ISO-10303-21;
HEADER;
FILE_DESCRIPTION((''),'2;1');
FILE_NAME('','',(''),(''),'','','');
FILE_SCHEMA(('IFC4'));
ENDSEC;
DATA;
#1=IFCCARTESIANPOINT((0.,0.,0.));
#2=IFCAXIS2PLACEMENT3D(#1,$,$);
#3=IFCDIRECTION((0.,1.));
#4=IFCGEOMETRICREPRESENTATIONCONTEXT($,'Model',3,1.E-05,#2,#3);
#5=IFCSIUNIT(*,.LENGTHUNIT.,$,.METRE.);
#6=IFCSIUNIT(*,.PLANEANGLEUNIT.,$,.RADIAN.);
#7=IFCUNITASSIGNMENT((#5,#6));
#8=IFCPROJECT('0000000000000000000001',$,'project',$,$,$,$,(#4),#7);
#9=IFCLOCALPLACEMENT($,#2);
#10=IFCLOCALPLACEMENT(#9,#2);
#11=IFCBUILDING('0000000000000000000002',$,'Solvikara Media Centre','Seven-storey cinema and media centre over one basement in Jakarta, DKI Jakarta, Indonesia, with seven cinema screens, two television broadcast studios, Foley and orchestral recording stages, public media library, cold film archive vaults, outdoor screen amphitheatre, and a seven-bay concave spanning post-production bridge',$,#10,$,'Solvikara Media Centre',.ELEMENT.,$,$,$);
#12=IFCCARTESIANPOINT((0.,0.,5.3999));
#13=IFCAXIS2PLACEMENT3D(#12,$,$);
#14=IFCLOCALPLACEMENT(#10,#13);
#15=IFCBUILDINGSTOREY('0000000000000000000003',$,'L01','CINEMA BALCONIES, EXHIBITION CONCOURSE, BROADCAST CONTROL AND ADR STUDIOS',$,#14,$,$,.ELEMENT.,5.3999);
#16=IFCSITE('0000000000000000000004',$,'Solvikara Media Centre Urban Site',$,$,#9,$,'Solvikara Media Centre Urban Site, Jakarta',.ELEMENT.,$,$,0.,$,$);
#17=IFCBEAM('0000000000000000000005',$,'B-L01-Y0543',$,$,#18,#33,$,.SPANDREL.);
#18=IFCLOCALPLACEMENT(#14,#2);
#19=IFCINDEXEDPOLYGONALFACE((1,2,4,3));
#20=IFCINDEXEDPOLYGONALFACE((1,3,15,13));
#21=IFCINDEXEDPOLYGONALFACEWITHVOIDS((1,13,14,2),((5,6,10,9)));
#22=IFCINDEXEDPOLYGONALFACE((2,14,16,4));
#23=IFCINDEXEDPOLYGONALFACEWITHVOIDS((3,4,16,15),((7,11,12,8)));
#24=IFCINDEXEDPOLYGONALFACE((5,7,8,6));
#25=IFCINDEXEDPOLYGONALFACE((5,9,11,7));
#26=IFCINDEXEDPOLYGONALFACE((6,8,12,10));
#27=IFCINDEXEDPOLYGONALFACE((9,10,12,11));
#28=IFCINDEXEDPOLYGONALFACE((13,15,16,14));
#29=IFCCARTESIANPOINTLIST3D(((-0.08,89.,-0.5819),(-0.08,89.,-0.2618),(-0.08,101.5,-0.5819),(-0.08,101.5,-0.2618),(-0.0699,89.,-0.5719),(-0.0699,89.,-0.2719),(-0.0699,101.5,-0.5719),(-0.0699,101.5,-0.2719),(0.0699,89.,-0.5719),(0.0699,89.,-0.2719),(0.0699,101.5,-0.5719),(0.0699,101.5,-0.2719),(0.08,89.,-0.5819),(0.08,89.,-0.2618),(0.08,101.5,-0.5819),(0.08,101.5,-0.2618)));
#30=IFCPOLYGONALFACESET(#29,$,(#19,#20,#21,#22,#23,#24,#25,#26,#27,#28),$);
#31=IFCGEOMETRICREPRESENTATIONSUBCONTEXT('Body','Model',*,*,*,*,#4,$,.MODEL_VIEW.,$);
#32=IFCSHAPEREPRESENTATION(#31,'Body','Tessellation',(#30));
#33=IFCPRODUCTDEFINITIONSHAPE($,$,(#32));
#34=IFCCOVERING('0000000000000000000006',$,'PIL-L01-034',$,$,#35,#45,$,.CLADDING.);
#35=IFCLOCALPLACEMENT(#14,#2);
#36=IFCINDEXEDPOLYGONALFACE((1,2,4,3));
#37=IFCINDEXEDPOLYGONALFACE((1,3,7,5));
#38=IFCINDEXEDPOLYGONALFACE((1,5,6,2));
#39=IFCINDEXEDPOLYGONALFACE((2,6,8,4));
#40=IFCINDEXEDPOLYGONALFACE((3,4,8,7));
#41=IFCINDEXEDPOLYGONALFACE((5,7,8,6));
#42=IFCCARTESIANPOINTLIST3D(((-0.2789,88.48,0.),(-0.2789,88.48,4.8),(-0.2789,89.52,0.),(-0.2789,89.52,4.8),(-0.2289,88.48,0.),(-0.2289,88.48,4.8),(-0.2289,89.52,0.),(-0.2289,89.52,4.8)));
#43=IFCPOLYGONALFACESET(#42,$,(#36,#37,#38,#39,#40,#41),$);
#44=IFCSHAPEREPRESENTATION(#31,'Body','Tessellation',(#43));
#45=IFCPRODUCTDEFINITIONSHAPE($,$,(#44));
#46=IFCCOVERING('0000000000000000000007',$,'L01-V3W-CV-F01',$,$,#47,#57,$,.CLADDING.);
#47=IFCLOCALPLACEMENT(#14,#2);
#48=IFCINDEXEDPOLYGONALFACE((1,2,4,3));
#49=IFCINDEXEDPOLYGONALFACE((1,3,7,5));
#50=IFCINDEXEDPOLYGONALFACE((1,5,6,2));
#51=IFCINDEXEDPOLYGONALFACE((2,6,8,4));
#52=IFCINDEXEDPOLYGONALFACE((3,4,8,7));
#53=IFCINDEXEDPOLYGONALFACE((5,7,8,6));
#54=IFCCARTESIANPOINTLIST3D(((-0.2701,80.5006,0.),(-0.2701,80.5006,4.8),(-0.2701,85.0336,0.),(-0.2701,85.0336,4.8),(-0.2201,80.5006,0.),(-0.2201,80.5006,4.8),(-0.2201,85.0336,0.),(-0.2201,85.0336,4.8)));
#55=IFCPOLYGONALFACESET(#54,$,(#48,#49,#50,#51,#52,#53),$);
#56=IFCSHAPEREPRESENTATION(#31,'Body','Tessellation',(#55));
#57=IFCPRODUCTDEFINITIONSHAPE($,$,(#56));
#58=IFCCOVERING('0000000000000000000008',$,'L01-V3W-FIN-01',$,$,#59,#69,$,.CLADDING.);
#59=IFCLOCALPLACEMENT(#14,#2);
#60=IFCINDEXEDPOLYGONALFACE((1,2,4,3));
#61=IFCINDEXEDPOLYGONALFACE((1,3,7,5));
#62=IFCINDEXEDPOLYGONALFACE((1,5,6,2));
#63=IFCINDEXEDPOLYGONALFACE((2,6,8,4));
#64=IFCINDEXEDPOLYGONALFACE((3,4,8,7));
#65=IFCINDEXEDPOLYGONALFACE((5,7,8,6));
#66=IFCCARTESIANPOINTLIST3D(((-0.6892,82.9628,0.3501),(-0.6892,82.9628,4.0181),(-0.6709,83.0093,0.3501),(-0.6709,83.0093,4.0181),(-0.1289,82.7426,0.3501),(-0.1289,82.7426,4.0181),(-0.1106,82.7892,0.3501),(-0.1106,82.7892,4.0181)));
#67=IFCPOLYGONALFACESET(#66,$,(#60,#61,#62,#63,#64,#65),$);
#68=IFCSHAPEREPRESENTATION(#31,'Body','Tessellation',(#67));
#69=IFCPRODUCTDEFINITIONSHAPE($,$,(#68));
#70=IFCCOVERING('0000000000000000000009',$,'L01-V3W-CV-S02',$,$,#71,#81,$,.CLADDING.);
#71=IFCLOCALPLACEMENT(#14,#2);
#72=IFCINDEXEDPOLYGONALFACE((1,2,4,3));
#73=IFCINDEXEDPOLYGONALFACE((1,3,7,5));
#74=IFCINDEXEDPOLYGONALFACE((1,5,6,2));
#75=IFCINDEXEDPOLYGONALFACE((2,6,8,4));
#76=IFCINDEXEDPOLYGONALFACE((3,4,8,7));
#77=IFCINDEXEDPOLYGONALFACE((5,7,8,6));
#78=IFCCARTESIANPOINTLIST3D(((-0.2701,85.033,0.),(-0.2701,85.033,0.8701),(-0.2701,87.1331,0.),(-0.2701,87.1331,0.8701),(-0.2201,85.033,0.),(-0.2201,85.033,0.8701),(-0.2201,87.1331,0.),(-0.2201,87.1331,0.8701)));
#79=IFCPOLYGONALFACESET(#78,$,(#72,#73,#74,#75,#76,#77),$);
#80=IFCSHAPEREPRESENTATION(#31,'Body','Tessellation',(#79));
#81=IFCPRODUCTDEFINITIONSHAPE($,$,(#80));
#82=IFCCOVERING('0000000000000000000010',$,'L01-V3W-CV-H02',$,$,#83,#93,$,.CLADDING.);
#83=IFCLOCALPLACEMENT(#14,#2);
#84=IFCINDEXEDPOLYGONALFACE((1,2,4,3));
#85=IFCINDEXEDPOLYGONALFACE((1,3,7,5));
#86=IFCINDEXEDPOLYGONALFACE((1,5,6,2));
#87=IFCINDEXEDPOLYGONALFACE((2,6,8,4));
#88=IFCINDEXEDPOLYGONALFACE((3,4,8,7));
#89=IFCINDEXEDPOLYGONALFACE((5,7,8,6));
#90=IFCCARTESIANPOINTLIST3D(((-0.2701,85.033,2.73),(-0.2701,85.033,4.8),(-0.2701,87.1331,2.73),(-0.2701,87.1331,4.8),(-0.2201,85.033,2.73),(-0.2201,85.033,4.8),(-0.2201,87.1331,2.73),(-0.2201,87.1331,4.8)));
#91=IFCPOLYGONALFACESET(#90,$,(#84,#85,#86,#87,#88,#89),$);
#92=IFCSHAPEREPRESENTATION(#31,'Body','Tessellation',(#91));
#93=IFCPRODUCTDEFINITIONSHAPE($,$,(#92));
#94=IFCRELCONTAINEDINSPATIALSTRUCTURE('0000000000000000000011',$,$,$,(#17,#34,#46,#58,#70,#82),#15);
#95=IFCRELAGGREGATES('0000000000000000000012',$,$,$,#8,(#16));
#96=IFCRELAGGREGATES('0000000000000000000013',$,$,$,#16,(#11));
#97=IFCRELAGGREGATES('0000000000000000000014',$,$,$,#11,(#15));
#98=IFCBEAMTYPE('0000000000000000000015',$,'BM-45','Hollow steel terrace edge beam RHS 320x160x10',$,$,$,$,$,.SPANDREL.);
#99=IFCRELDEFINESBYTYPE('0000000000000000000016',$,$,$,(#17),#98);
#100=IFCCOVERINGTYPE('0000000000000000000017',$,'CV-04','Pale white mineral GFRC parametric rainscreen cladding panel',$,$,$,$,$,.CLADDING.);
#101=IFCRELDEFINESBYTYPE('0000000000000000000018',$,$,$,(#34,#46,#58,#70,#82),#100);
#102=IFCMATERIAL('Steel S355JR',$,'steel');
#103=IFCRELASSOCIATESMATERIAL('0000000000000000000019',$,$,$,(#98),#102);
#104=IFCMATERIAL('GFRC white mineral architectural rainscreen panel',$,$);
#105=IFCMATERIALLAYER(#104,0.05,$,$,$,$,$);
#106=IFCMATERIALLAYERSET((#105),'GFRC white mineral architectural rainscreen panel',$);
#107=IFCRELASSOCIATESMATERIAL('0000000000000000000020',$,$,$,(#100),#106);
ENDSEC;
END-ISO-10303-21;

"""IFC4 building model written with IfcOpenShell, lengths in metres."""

from ifc_helpers import new_model, si_unit, direction, frame, origin, origin_2d, place, context, subcontext, project, spatial, rectangle, hollow_rectangle, extrude, material, layer, layer_set, material_profile, profile_set, type_object, element, save


model = new_model("IFC4")

# Units and contexts
model_context = context("Model", 3, precision=1e-05, world=origin(), true_north=direction((0.0, 1.0)))
body_context = subcontext(model_context, "Body", "Model", "MODEL_VIEW")
ifc_project = project(units=[si_unit("LENGTHUNIT", "METRE"), si_unit("PLANEANGLEUNIT", "RADIAN")], contexts=[model_context])

# Site, building, storey
site_placement = place(None, origin())
site = spatial("IfcSite", under=ifc_project, at=site_placement, Name="Solvikara Media Centre Urban Site", LongName="Solvikara Media Centre Urban Site, Jakarta", CompositionType="ELEMENT", RefElevation=0.0)
building_placement = place(site_placement, origin())
building = spatial("IfcBuilding", under=site, at=building_placement, Name="Solvikara Media Centre", Description="Seven-storey cinema and media centre over one basement in Jakarta, DKI Jakarta, Indonesia, with seven cinema screens, two television broadcast studios, Foley and orchestral recording stages, public media library, cold film archive vaults, outdoor screen amphitheatre, and a seven-bay concave spanning post-production bridge", LongName="Solvikara Media Centre", CompositionType="ELEMENT")
storey_placement = place(building_placement, frame((0.0, 0.0, 5.3999)))
storey = spatial("IfcBuildingStorey", under=building, at=storey_placement, Name="L01", Description="CINEMA BALCONIES, EXHIBITION CONCOURSE, BROADCAST CONTROL AND ADR STUDIOS", CompositionType="ELEMENT", Elevation=5.3999)

# Shared definitions
ifc_material_1 = material(Name="Steel S355JR", Category="steel")

# Beam
ifc_material_profile_1 = material_profile(ifc_material_1, hollow_rectangle(XDim=0.1599, YDim=0.3201, WallThickness=0.01, at=origin_2d()), Name="RHS 320x160x10")
ifc_profile_set_1 = profile_set([ifc_material_profile_1], Name="Steel S355JR")
beam_type_1 = type_object("IfcBeamType", Name="BM-45", Description="Hollow steel terrace edge beam RHS 320x160x10", PredefinedType="SPANDREL", material=ifc_profile_set_1)
beam_1_placement = place(storey_placement, frame((0.0, 89.0, -0.4219), z_axis=(0.0, 1.0, 0.0), x_axis=(-1.0, 0.0, 0.0)))
element("IfcBeam", 1, at=beam_1_placement, inside=storey, type_object=beam_type_1, Name="B-L01-Y0543", PredefinedType="SPANDREL", context=body_context, shape_type="SweptSolid", body=[
    extrude(hollow_rectangle(XDim=0.1599, YDim=0.3201, WallThickness=0.01, at=origin_2d()), origin(), (0.0, 0.0, 1.0), 12.5),
])

# Coverings
ifc_material_2 = material(Name="GFRC white mineral architectural rainscreen panel")
ifc_layer = layer(ifc_material_2, 0.05)
ifc_layer_set = layer_set([ifc_layer], Name="GFRC white mineral architectural rainscreen panel")
covering_type = type_object("IfcCoveringType", Name="CV-04", Description="Pale white mineral GFRC parametric rainscreen cladding panel", PredefinedType="CLADDING", material=ifc_layer_set)
covering_1_placement = place(storey_placement, frame((-0.2539, 89.0, 0.0), z_axis=(0.0, 0.0, 1.0), x_axis=(0.0, -1.0, 0.0)))
element("IfcCovering", 2, at=covering_1_placement, inside=storey, type_object=covering_type, Name="PIL-L01-034", PredefinedType="CLADDING", context=body_context, shape_type="SweptSolid", body=[
    extrude(rectangle(XDim=1.04, YDim=0.05, at=origin_2d()), origin(), (0.0, 0.0, 1.0), 4.8),
])
covering_2_placement = place(storey_placement, frame((-0.2451, 82.7671, 0.0), z_axis=(0.0, 0.0, 1.0), x_axis=(0.0, 1.0, 0.0)))
element("IfcCovering", 3, at=covering_2_placement, inside=storey, type_object=covering_type, Name="L01-V3W-CV-F01", PredefinedType="CLADDING", context=body_context, shape_type="SweptSolid", body=[
    extrude(rectangle(XDim=4.533, YDim=0.05, at=origin_2d()), origin(), (0.0, 0.0, 1.0), 4.8),
])
covering_3_placement = place(storey_placement, frame((-0.3999, 82.876, 0.3501), z_axis=(0.0, 0.0, 1.0), x_axis=(-0.93075, 0.365657, 0.0)))
element("IfcCovering", 4, at=covering_3_placement, inside=storey, type_object=covering_type, Name="L01-V3W-FIN-01", PredefinedType="CLADDING", context=body_context, shape_type="SweptSolid", body=[
    extrude(rectangle(XDim=0.6021, YDim=0.05, at=origin_2d()), origin(), (0.0, 0.0, 1.0), 3.668),
])
covering_4_placement = place(storey_placement, frame((-0.2451, 86.083, 0.0), z_axis=(0.0, 0.0, 1.0), x_axis=(0.0, 1.0, 0.0)))
element("IfcCovering", 5, at=covering_4_placement, inside=storey, type_object=covering_type, Name="L01-V3W-CV-S02", PredefinedType="CLADDING", context=body_context, shape_type="SweptSolid", body=[
    extrude(rectangle(XDim=2.1001, YDim=0.05, at=origin_2d()), origin(), (0.0, 0.0, 1.0), 0.8701),
])
covering_5_placement = place(storey_placement, frame((-0.2451, 86.083, 2.73), z_axis=(0.0, 0.0, 1.0), x_axis=(0.0, 1.0, 0.0)))
element("IfcCovering", 6, at=covering_5_placement, inside=storey, type_object=covering_type, Name="L01-V3W-CV-H02", PredefinedType="CLADDING", context=body_context, shape_type="SweptSolid", body=[
    extrude(rectangle(XDim=2.1001, YDim=0.05, at=origin_2d()), origin(), (0.0, 0.0, 1.0), 2.0701),
])

save(model, "model.ifc")
